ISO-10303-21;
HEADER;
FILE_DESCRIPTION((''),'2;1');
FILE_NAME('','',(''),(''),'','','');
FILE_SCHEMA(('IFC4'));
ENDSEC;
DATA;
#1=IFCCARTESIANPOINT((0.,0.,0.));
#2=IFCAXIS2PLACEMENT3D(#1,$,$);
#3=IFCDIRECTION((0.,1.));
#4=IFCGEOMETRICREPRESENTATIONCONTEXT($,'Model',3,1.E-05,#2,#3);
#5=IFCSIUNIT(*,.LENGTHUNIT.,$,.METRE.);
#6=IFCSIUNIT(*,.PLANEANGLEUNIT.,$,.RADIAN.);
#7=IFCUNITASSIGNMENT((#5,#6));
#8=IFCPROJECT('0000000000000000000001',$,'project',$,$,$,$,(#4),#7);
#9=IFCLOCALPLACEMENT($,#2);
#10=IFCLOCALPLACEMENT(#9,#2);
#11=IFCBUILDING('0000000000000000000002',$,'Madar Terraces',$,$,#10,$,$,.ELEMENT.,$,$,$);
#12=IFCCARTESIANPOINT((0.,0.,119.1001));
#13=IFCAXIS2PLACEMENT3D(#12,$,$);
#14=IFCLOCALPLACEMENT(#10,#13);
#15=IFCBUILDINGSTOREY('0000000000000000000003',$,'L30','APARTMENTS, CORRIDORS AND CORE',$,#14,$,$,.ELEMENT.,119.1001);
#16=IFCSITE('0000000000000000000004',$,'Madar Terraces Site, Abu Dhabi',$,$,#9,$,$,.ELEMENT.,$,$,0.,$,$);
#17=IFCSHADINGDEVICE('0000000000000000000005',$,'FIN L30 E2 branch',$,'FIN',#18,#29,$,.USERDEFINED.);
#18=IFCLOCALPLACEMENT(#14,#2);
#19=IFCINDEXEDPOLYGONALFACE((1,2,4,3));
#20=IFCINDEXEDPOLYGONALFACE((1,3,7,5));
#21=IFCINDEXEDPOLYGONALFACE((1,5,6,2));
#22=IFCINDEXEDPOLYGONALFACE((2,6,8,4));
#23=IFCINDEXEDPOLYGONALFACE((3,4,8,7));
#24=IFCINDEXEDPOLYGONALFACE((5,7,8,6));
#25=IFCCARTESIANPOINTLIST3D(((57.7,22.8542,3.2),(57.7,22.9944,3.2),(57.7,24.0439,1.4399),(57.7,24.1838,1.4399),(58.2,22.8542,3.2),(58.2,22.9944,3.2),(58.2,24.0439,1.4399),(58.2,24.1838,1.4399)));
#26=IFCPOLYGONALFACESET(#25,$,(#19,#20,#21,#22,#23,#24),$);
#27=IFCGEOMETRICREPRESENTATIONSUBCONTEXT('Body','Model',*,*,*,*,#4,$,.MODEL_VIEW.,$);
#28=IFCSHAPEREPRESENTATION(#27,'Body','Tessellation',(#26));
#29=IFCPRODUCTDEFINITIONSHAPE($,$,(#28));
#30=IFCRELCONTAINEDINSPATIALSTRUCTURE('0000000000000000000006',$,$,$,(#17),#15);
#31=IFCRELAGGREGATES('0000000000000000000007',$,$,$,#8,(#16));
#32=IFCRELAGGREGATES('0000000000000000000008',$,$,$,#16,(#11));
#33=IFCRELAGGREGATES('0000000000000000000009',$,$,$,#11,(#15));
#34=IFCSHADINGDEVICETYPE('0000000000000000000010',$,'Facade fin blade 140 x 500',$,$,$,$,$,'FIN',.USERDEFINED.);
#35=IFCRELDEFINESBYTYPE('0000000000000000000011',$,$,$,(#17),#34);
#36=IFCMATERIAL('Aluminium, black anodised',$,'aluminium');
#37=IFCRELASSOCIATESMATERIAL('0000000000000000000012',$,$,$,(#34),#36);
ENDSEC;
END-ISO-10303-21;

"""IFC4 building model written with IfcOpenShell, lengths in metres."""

from ifc_helpers import new_model, si_unit, direction, frame, origin, place, context, subcontext, project, spatial, polyline, outline, extrude, material, type_object, element, save


model = new_model("IFC4")

# Units and contexts
model_context = context("Model", 3, precision=1e-05, world=origin(), true_north=direction((0.0, 1.0)))
body_context = subcontext(model_context, "Body", "Model", "MODEL_VIEW")
ifc_project = project(units=[si_unit("LENGTHUNIT", "METRE"), si_unit("PLANEANGLEUNIT", "RADIAN")], contexts=[model_context])

# Site, building, storey
site_placement = place(None, origin())
site = spatial("IfcSite", under=ifc_project, at=site_placement, Name="Madar Terraces Site, Abu Dhabi", CompositionType="ELEMENT", RefElevation=0.0)
building_placement = place(site_placement, origin())
building = spatial("IfcBuilding", under=site, at=building_placement, Name="Madar Terraces", CompositionType="ELEMENT")
storey_placement = place(building_placement, frame((0.0, 0.0, 119.1001)))
storey = spatial("IfcBuildingStorey", under=building, at=storey_placement, Name="L30", Description="APARTMENTS, CORRIDORS AND CORE", CompositionType="ELEMENT", Elevation=119.1001)

# Shading device
ifc_material_1 = material(Name="Aluminium, black anodised", Category="aluminium")
shading_device_type = type_object("IfcShadingDeviceType", Name="Facade fin blade 140 x 500", ElementType="FIN", PredefinedType="USERDEFINED", material=ifc_material_1)
shading_device_1_placement = place(storey_placement, frame((57.95, 24.0439, 1.4399), z_axis=(0.0, 0.0, 1.0), x_axis=(0.0, 1.0, 0.0)))
element("IfcShadingDevice", 1, at=shading_device_1_placement, inside=storey, type_object=shading_device_type, Name="FIN L30 E2 branch", ObjectType="FIN", PredefinedType="USERDEFINED", context=body_context, shape_type="SweptSolid", body=[
    extrude(outline(polyline([(0.0, 0.0), (0.1399, 0.0), (-1.0496, 1.76), (-1.1897, 1.76), (0.0, 0.0)])), frame((0.0, 0.25, 0.0), z_axis=(0.0, -1.0, 0.0), x_axis=(1.0, 0.0, 0.0)), (0.0, 0.0, 1.0), 0.5),
])

save(model, "model.ifc")
